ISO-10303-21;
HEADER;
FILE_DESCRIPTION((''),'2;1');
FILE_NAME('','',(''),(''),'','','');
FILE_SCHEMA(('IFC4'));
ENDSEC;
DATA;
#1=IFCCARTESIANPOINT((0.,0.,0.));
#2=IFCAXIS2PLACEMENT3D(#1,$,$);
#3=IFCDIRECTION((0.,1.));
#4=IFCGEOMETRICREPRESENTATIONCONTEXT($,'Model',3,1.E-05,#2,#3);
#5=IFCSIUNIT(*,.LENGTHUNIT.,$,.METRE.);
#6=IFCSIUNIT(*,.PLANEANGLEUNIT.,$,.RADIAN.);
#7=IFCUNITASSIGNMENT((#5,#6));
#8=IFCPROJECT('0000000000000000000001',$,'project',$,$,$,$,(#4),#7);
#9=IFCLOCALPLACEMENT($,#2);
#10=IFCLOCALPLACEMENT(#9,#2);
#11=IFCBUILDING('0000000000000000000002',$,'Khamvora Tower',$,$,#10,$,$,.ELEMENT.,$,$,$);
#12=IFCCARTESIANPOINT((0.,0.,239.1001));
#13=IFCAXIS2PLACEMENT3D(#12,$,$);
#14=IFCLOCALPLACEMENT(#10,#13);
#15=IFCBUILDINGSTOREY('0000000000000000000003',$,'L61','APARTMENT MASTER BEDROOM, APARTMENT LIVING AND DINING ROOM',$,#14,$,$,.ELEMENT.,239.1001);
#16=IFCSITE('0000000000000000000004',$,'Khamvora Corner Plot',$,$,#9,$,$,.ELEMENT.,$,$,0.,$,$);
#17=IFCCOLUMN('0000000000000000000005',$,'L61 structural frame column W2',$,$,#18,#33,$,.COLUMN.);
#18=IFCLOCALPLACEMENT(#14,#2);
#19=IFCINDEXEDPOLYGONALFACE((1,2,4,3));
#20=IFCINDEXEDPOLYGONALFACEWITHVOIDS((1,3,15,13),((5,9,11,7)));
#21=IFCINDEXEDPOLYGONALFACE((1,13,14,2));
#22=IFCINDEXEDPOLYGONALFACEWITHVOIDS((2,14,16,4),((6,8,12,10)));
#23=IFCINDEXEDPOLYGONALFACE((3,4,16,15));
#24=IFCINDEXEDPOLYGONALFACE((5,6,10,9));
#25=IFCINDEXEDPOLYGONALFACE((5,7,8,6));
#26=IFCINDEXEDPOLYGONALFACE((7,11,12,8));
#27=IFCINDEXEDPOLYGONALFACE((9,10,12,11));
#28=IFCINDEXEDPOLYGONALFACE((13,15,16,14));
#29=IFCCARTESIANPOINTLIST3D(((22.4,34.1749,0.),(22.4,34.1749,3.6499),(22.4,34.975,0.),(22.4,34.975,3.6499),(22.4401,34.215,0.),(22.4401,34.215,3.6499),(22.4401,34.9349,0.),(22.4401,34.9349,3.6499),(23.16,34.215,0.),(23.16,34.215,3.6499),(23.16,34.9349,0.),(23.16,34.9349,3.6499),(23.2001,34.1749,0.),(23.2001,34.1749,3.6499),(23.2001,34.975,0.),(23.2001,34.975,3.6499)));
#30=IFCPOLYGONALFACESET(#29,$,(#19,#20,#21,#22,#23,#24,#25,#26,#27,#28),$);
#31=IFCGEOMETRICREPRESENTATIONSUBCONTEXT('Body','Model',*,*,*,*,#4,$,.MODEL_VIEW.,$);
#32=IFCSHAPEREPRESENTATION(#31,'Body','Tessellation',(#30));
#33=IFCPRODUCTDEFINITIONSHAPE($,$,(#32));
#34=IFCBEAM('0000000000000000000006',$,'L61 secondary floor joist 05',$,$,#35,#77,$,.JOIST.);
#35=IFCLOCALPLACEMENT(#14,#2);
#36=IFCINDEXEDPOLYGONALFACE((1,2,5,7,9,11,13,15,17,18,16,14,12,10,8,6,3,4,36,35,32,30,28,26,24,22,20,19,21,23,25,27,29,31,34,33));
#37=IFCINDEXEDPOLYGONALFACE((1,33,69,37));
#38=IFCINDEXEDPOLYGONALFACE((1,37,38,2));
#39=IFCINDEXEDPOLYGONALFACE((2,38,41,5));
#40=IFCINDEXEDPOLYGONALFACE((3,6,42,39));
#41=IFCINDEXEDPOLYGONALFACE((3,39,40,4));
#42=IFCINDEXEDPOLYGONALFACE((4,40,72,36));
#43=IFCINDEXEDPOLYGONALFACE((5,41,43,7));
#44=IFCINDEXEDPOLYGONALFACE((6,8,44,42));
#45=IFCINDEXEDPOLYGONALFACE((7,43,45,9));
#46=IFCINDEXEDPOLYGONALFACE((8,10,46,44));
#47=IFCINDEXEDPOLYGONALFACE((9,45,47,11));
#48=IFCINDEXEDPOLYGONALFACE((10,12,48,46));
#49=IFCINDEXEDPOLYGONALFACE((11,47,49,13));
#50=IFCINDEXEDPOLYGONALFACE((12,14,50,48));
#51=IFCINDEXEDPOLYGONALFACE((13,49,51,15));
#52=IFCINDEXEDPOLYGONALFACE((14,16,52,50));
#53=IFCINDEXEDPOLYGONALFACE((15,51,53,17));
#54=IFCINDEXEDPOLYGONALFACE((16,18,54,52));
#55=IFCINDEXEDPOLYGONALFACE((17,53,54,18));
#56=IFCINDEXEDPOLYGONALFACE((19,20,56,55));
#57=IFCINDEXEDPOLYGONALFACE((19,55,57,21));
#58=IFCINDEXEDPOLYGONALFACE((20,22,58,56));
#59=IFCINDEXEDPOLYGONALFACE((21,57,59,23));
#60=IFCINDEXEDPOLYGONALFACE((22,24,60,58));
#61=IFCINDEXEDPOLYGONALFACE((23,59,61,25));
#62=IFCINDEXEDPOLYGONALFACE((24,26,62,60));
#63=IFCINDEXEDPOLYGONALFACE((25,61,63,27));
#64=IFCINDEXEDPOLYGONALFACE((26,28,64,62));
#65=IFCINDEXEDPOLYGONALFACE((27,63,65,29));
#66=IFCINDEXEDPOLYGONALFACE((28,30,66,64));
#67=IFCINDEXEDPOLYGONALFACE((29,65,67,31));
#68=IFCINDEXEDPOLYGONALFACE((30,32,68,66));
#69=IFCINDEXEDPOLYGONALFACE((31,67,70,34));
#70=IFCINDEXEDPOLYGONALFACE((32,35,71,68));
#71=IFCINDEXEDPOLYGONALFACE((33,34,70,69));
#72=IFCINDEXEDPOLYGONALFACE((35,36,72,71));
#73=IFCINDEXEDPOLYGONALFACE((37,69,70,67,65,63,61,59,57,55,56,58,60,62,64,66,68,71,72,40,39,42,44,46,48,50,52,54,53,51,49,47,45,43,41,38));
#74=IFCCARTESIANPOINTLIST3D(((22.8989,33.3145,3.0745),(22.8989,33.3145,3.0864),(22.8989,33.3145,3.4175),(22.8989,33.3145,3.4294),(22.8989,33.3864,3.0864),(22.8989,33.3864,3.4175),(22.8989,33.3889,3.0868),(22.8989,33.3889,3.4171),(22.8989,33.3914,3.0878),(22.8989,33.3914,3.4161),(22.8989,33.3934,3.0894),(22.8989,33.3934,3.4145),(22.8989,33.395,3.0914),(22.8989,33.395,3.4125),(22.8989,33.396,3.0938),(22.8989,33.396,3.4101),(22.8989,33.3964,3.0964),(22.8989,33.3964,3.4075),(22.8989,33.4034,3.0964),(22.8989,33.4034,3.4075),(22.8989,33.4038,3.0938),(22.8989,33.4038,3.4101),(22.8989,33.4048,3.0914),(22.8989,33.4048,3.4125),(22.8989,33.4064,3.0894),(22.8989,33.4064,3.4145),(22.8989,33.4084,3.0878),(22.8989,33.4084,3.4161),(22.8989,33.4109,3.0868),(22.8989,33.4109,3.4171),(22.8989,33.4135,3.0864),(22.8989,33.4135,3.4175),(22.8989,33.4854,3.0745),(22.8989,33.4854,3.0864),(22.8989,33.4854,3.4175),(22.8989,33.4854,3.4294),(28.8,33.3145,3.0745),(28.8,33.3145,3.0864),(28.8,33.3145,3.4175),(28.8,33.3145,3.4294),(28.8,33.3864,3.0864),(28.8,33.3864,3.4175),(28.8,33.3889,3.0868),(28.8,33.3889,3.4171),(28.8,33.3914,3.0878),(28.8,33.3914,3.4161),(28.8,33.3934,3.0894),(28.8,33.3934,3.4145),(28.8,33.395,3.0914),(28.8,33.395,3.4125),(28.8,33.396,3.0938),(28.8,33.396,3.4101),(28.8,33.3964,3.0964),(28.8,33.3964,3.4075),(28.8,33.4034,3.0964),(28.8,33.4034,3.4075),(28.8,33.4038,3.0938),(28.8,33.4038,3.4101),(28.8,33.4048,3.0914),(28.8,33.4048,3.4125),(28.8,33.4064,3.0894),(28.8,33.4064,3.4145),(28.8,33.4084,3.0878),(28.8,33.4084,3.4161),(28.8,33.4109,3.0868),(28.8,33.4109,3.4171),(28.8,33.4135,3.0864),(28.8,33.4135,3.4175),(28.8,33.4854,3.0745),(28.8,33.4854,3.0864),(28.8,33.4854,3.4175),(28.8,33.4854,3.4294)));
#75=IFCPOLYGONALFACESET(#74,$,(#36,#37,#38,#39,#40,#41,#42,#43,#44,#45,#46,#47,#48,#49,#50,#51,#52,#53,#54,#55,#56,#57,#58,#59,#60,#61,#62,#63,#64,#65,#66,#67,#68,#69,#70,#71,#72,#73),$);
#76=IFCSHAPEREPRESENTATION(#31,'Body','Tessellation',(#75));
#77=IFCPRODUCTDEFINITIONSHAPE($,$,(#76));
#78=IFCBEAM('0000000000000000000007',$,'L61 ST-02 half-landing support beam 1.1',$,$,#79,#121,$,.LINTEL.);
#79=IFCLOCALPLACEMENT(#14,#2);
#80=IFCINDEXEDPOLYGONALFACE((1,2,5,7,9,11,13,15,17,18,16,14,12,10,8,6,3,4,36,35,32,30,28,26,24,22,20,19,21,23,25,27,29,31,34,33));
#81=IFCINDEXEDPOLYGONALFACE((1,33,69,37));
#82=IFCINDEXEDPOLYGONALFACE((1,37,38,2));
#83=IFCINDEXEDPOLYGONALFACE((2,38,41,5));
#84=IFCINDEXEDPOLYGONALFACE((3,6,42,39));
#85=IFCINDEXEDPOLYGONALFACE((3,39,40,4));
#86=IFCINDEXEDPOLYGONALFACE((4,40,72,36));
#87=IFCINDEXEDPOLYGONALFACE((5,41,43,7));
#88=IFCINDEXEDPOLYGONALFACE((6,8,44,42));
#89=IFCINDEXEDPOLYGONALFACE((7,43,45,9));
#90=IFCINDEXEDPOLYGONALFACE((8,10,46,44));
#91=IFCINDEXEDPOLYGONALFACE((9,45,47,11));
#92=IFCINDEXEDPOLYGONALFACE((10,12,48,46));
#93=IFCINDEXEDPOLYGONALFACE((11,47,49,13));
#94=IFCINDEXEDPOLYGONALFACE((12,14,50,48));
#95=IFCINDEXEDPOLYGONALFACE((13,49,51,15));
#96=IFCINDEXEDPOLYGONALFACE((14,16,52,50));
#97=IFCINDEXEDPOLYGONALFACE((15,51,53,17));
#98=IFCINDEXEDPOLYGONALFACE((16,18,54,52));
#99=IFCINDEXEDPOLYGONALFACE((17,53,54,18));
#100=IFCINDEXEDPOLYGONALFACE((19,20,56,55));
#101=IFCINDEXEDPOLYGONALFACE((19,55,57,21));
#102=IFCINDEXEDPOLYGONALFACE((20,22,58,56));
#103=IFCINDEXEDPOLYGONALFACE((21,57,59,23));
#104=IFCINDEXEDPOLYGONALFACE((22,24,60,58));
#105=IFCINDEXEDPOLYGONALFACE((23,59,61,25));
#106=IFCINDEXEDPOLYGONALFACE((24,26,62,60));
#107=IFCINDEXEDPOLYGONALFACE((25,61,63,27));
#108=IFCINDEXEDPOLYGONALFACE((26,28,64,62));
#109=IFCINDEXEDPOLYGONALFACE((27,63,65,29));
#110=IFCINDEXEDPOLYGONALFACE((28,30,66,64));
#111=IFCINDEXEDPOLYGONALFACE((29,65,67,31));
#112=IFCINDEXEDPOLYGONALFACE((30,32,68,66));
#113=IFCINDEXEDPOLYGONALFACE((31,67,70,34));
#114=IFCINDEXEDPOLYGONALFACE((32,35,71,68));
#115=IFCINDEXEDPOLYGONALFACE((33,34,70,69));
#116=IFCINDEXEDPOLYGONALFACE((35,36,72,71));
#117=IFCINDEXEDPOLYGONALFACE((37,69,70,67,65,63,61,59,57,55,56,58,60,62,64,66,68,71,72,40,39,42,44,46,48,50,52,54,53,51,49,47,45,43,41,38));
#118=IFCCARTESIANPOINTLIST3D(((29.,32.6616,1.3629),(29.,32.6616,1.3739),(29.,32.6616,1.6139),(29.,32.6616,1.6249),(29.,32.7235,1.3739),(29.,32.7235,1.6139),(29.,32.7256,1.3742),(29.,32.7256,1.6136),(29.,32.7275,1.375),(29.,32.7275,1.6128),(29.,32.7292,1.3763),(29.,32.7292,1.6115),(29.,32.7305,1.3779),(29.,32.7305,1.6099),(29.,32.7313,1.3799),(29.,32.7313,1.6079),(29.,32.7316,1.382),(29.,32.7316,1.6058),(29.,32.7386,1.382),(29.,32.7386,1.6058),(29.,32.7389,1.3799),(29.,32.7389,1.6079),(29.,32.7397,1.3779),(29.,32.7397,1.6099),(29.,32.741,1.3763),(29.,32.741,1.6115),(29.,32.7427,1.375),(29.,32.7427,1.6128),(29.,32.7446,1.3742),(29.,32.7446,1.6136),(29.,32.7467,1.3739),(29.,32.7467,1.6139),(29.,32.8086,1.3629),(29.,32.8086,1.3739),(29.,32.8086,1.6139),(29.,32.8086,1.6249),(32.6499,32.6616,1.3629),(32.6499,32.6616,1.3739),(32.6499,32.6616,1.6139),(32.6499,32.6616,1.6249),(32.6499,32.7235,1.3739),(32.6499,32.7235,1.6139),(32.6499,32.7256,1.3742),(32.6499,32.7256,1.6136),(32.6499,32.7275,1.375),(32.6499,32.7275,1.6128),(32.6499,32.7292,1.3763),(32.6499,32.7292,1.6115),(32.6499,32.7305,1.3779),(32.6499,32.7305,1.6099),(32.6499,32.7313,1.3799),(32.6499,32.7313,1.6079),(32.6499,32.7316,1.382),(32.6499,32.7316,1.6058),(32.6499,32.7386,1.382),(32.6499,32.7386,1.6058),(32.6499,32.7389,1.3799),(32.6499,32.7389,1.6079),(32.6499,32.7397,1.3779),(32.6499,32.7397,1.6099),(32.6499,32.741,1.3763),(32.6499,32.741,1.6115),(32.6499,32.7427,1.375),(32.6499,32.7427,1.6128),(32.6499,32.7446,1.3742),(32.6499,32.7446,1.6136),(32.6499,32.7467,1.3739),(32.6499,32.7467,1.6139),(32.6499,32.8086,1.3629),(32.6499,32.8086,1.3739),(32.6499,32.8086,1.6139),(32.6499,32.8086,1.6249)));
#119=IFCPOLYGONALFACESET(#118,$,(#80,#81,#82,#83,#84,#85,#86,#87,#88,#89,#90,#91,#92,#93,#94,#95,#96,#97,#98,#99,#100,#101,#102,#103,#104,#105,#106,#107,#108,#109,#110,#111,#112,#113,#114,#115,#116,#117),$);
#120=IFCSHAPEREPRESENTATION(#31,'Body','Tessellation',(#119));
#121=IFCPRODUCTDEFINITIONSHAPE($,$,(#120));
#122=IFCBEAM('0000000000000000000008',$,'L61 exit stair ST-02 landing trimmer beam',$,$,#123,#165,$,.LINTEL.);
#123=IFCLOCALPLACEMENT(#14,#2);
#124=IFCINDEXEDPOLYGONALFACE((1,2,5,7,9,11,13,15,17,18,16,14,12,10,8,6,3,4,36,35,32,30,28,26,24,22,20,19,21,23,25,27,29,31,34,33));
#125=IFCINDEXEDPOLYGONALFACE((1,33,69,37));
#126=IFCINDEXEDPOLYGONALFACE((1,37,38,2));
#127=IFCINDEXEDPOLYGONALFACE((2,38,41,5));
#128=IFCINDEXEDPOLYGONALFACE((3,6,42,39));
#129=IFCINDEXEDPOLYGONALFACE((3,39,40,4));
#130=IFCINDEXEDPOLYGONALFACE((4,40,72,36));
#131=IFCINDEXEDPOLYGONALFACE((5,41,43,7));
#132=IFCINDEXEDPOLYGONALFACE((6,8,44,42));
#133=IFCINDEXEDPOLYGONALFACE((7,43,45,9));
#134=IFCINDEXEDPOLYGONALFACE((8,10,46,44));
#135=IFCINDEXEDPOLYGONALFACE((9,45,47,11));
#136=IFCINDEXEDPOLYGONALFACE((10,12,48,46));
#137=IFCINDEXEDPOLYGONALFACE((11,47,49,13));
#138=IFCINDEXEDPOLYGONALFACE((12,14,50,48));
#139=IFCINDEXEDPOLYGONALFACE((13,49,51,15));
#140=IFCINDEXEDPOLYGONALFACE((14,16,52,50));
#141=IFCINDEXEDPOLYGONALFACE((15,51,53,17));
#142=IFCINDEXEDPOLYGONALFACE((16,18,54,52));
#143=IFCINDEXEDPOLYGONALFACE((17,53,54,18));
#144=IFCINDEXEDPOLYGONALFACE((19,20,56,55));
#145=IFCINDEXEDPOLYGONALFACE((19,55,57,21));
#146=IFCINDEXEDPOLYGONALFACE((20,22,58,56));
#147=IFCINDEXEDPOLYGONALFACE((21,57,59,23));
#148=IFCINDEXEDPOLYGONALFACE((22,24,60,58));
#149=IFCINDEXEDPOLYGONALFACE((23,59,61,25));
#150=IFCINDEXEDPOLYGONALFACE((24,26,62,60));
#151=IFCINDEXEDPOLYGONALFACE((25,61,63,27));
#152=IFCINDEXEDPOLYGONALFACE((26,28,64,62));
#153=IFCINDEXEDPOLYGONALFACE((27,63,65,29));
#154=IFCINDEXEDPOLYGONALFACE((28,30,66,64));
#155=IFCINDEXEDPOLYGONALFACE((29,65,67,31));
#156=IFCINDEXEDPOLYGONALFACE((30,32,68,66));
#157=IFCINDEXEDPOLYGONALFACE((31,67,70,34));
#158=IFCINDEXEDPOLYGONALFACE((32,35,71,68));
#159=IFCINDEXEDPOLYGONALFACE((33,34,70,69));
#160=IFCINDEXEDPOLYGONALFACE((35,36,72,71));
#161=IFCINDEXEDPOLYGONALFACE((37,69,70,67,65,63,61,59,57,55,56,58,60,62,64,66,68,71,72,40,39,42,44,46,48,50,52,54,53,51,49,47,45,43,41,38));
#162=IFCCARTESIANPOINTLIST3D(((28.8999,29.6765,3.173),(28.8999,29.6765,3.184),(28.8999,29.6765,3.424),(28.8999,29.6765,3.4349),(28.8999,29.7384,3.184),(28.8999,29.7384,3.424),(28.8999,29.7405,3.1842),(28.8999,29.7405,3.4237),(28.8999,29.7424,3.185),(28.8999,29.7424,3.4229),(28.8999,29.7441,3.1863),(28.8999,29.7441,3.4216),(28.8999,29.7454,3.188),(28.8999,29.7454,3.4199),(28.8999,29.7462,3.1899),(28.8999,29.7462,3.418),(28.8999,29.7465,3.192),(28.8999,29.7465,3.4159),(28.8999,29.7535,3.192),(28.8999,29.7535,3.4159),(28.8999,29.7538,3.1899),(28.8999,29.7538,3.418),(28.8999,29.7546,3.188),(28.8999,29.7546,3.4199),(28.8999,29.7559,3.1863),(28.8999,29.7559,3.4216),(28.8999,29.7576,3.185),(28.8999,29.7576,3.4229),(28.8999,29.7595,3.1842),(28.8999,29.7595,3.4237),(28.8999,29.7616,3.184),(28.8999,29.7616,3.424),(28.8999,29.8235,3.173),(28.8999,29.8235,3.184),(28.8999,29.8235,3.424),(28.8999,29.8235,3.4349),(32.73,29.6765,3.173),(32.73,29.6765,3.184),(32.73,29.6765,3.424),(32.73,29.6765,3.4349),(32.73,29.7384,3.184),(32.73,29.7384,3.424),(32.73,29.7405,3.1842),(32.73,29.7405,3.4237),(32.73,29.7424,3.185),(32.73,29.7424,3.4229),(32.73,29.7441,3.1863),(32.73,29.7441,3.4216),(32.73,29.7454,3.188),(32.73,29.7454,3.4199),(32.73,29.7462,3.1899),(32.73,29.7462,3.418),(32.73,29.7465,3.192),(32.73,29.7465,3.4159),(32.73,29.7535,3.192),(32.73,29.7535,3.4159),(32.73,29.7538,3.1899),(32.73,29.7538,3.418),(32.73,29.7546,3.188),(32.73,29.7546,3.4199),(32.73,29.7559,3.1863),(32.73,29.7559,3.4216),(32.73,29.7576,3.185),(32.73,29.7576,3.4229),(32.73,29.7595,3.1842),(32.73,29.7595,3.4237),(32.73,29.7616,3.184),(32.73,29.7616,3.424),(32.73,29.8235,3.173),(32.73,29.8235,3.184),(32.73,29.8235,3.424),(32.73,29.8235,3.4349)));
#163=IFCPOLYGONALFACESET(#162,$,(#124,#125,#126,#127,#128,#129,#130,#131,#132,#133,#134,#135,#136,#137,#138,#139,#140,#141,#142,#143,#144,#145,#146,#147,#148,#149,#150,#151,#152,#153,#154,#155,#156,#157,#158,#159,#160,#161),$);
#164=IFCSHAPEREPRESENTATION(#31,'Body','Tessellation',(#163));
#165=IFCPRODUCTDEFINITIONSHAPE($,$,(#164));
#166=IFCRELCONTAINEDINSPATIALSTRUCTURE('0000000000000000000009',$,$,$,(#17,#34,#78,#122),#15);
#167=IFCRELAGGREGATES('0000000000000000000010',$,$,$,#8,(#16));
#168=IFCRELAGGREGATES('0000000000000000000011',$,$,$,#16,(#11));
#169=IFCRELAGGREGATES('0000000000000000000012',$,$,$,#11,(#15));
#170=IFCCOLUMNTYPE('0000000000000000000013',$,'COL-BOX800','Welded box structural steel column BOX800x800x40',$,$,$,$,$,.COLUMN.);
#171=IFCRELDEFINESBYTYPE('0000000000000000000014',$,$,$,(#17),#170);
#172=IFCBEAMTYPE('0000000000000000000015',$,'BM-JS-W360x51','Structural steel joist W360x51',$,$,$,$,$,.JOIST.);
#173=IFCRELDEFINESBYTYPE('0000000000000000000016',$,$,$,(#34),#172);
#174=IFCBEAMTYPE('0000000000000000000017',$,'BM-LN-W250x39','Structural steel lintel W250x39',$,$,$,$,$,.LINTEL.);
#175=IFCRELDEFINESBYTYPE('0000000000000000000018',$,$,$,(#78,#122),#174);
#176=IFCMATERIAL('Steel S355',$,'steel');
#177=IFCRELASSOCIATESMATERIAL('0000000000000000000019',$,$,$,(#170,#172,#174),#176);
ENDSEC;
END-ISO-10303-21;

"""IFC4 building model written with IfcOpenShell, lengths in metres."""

from ifc_helpers import new_model, si_unit, direction, frame, origin, origin_2d, place, context, subcontext, project, spatial, hollow_rectangle, i_section, extrude, material, material_profile, profile_set, type_object, element, save


model = new_model("IFC4")

# Units and contexts
model_context = context("Model", 3, precision=1e-05, world=origin(), true_north=direction((0.0, 1.0)))
body_context = subcontext(model_context, "Body", "Model", "MODEL_VIEW")
ifc_project = project(units=[si_unit("LENGTHUNIT", "METRE"), si_unit("PLANEANGLEUNIT", "RADIAN")], contexts=[model_context])

# Site, building, storey
site_placement = place(None, origin())
site = spatial("IfcSite", under=ifc_project, at=site_placement, Name="Khamvora Corner Plot", CompositionType="ELEMENT", RefElevation=0.0)
building_placement = place(site_placement, origin())
building = spatial("IfcBuilding", under=site, at=building_placement, Name="Khamvora Tower", CompositionType="ELEMENT")
storey_placement = place(building_placement, frame((0.0, 0.0, 239.1001)))
storey = spatial("IfcBuildingStorey", under=building, at=storey_placement, Name="L61", Description="APARTMENT MASTER BEDROOM, APARTMENT LIVING AND DINING ROOM", CompositionType="ELEMENT", Elevation=239.1001)

# Column
ifc_material_1 = material(Name="Steel S355", Category="steel")
ifc_material_profile_1 = material_profile(ifc_material_1, hollow_rectangle(XDim=0.8, YDim=0.8, WallThickness=0.04, at=origin_2d()), Name="BOX800x800x40")
ifc_profile_set_1 = profile_set([ifc_material_profile_1], Name="Steel S355")
column_type = type_object("IfcColumnType", Name="COL-BOX800", Description="Welded box structural steel column BOX800x800x40", PredefinedType="COLUMN", material=ifc_profile_set_1)
column_placement = place(storey_placement, frame((22.8, 34.575, 0.0), z_axis=(0.0, 0.0, 1.0), x_axis=(1.0, 0.0, 0.0)))
element("IfcColumn", 1, at=column_placement, inside=storey, type_object=column_type, Name="L61 structural frame column W2", PredefinedType="COLUMN", context=body_context, shape_type="SweptSolid", body=[
    extrude(hollow_rectangle(XDim=0.8, YDim=0.8, WallThickness=0.04, at=origin_2d()), origin(), (0.0, 0.0, 1.0), 3.6499),
])

# Beams
ifc_material_profile_2 = material_profile(ifc_material_1, i_section(OverallWidth=0.1709, OverallDepth=0.355, WebThickness=0.0071, FlangeThickness=0.012, FilletRadius=0.01, at=origin_2d()), Name="W360x51")
ifc_profile_set_2 = profile_set([ifc_material_profile_2], Name="Steel S355")
beam_type_1 = type_object("IfcBeamType", Name="BM-JS-W360x51", Description="Structural steel joist W360x51", PredefinedType="JOIST", material=ifc_profile_set_2)
beam_1_placement = place(storey_placement, frame((22.8989, 33.3999, 3.252), z_axis=(1.0, 0.0, 0.0), x_axis=(0.0, 1.0, 0.0)))
element("IfcBeam", 2, at=beam_1_placement, inside=storey, type_object=beam_type_1, Name="L61 secondary floor joist 05", PredefinedType="JOIST", context=body_context, shape_type="SweptSolid", body=[
    extrude(i_section(OverallWidth=0.1709, OverallDepth=0.355, WebThickness=0.0071, FlangeThickness=0.012, FilletRadius=0.01, at=origin_2d()), origin(), (0.0, 0.0, 1.0), 5.9011),
])
ifc_material_profile_3 = material_profile(ifc_material_1, i_section(OverallWidth=0.147, OverallDepth=0.262, WebThickness=0.0071, FlangeThickness=0.011, FilletRadius=0.0081, at=origin_2d()), Name="W250x39")
ifc_profile_set_3 = profile_set([ifc_material_profile_3], Name="Steel S355")
beam_type_2 = type_object("IfcBeamType", Name="BM-LN-W250x39", Description="Structural steel lintel W250x39", PredefinedType="LINTEL", material=ifc_profile_set_3)
beam_2_placement = place(storey_placement, frame((29.0, 32.7351, 1.4939), z_axis=(1.0, 0.0, 0.0), x_axis=(0.0, 1.0, 0.0)))
element("IfcBeam", 3, at=beam_2_placement, inside=storey, type_object=beam_type_2, Name="L61 ST-02 half-landing support beam 1.1", PredefinedType="LINTEL", context=body_context, shape_type="SweptSolid", body=[
    extrude(i_section(OverallWidth=0.147, OverallDepth=0.262, WebThickness=0.0071, FlangeThickness=0.011, FilletRadius=0.0081, at=origin_2d()), origin(), (0.0, 0.0, 1.0), 3.6499),
])
beam_3_placement = place(storey_placement, frame((28.8999, 29.75, 3.304), z_axis=(1.0, 0.0, 0.0), x_axis=(0.0, 1.0, 0.0)))
element("IfcBeam", 4, at=beam_3_placement, inside=storey, type_object=beam_type_2, Name="L61 exit stair ST-02 landing trimmer beam", PredefinedType="LINTEL", context=body_context, shape_type="SweptSolid", body=[
    extrude(i_section(OverallWidth=0.147, OverallDepth=0.262, WebThickness=0.0071, FlangeThickness=0.011, FilletRadius=0.0081, at=origin_2d()), origin(), (0.0, 0.0, 1.0), 3.8301),
])

save(model, "model.ifc")
